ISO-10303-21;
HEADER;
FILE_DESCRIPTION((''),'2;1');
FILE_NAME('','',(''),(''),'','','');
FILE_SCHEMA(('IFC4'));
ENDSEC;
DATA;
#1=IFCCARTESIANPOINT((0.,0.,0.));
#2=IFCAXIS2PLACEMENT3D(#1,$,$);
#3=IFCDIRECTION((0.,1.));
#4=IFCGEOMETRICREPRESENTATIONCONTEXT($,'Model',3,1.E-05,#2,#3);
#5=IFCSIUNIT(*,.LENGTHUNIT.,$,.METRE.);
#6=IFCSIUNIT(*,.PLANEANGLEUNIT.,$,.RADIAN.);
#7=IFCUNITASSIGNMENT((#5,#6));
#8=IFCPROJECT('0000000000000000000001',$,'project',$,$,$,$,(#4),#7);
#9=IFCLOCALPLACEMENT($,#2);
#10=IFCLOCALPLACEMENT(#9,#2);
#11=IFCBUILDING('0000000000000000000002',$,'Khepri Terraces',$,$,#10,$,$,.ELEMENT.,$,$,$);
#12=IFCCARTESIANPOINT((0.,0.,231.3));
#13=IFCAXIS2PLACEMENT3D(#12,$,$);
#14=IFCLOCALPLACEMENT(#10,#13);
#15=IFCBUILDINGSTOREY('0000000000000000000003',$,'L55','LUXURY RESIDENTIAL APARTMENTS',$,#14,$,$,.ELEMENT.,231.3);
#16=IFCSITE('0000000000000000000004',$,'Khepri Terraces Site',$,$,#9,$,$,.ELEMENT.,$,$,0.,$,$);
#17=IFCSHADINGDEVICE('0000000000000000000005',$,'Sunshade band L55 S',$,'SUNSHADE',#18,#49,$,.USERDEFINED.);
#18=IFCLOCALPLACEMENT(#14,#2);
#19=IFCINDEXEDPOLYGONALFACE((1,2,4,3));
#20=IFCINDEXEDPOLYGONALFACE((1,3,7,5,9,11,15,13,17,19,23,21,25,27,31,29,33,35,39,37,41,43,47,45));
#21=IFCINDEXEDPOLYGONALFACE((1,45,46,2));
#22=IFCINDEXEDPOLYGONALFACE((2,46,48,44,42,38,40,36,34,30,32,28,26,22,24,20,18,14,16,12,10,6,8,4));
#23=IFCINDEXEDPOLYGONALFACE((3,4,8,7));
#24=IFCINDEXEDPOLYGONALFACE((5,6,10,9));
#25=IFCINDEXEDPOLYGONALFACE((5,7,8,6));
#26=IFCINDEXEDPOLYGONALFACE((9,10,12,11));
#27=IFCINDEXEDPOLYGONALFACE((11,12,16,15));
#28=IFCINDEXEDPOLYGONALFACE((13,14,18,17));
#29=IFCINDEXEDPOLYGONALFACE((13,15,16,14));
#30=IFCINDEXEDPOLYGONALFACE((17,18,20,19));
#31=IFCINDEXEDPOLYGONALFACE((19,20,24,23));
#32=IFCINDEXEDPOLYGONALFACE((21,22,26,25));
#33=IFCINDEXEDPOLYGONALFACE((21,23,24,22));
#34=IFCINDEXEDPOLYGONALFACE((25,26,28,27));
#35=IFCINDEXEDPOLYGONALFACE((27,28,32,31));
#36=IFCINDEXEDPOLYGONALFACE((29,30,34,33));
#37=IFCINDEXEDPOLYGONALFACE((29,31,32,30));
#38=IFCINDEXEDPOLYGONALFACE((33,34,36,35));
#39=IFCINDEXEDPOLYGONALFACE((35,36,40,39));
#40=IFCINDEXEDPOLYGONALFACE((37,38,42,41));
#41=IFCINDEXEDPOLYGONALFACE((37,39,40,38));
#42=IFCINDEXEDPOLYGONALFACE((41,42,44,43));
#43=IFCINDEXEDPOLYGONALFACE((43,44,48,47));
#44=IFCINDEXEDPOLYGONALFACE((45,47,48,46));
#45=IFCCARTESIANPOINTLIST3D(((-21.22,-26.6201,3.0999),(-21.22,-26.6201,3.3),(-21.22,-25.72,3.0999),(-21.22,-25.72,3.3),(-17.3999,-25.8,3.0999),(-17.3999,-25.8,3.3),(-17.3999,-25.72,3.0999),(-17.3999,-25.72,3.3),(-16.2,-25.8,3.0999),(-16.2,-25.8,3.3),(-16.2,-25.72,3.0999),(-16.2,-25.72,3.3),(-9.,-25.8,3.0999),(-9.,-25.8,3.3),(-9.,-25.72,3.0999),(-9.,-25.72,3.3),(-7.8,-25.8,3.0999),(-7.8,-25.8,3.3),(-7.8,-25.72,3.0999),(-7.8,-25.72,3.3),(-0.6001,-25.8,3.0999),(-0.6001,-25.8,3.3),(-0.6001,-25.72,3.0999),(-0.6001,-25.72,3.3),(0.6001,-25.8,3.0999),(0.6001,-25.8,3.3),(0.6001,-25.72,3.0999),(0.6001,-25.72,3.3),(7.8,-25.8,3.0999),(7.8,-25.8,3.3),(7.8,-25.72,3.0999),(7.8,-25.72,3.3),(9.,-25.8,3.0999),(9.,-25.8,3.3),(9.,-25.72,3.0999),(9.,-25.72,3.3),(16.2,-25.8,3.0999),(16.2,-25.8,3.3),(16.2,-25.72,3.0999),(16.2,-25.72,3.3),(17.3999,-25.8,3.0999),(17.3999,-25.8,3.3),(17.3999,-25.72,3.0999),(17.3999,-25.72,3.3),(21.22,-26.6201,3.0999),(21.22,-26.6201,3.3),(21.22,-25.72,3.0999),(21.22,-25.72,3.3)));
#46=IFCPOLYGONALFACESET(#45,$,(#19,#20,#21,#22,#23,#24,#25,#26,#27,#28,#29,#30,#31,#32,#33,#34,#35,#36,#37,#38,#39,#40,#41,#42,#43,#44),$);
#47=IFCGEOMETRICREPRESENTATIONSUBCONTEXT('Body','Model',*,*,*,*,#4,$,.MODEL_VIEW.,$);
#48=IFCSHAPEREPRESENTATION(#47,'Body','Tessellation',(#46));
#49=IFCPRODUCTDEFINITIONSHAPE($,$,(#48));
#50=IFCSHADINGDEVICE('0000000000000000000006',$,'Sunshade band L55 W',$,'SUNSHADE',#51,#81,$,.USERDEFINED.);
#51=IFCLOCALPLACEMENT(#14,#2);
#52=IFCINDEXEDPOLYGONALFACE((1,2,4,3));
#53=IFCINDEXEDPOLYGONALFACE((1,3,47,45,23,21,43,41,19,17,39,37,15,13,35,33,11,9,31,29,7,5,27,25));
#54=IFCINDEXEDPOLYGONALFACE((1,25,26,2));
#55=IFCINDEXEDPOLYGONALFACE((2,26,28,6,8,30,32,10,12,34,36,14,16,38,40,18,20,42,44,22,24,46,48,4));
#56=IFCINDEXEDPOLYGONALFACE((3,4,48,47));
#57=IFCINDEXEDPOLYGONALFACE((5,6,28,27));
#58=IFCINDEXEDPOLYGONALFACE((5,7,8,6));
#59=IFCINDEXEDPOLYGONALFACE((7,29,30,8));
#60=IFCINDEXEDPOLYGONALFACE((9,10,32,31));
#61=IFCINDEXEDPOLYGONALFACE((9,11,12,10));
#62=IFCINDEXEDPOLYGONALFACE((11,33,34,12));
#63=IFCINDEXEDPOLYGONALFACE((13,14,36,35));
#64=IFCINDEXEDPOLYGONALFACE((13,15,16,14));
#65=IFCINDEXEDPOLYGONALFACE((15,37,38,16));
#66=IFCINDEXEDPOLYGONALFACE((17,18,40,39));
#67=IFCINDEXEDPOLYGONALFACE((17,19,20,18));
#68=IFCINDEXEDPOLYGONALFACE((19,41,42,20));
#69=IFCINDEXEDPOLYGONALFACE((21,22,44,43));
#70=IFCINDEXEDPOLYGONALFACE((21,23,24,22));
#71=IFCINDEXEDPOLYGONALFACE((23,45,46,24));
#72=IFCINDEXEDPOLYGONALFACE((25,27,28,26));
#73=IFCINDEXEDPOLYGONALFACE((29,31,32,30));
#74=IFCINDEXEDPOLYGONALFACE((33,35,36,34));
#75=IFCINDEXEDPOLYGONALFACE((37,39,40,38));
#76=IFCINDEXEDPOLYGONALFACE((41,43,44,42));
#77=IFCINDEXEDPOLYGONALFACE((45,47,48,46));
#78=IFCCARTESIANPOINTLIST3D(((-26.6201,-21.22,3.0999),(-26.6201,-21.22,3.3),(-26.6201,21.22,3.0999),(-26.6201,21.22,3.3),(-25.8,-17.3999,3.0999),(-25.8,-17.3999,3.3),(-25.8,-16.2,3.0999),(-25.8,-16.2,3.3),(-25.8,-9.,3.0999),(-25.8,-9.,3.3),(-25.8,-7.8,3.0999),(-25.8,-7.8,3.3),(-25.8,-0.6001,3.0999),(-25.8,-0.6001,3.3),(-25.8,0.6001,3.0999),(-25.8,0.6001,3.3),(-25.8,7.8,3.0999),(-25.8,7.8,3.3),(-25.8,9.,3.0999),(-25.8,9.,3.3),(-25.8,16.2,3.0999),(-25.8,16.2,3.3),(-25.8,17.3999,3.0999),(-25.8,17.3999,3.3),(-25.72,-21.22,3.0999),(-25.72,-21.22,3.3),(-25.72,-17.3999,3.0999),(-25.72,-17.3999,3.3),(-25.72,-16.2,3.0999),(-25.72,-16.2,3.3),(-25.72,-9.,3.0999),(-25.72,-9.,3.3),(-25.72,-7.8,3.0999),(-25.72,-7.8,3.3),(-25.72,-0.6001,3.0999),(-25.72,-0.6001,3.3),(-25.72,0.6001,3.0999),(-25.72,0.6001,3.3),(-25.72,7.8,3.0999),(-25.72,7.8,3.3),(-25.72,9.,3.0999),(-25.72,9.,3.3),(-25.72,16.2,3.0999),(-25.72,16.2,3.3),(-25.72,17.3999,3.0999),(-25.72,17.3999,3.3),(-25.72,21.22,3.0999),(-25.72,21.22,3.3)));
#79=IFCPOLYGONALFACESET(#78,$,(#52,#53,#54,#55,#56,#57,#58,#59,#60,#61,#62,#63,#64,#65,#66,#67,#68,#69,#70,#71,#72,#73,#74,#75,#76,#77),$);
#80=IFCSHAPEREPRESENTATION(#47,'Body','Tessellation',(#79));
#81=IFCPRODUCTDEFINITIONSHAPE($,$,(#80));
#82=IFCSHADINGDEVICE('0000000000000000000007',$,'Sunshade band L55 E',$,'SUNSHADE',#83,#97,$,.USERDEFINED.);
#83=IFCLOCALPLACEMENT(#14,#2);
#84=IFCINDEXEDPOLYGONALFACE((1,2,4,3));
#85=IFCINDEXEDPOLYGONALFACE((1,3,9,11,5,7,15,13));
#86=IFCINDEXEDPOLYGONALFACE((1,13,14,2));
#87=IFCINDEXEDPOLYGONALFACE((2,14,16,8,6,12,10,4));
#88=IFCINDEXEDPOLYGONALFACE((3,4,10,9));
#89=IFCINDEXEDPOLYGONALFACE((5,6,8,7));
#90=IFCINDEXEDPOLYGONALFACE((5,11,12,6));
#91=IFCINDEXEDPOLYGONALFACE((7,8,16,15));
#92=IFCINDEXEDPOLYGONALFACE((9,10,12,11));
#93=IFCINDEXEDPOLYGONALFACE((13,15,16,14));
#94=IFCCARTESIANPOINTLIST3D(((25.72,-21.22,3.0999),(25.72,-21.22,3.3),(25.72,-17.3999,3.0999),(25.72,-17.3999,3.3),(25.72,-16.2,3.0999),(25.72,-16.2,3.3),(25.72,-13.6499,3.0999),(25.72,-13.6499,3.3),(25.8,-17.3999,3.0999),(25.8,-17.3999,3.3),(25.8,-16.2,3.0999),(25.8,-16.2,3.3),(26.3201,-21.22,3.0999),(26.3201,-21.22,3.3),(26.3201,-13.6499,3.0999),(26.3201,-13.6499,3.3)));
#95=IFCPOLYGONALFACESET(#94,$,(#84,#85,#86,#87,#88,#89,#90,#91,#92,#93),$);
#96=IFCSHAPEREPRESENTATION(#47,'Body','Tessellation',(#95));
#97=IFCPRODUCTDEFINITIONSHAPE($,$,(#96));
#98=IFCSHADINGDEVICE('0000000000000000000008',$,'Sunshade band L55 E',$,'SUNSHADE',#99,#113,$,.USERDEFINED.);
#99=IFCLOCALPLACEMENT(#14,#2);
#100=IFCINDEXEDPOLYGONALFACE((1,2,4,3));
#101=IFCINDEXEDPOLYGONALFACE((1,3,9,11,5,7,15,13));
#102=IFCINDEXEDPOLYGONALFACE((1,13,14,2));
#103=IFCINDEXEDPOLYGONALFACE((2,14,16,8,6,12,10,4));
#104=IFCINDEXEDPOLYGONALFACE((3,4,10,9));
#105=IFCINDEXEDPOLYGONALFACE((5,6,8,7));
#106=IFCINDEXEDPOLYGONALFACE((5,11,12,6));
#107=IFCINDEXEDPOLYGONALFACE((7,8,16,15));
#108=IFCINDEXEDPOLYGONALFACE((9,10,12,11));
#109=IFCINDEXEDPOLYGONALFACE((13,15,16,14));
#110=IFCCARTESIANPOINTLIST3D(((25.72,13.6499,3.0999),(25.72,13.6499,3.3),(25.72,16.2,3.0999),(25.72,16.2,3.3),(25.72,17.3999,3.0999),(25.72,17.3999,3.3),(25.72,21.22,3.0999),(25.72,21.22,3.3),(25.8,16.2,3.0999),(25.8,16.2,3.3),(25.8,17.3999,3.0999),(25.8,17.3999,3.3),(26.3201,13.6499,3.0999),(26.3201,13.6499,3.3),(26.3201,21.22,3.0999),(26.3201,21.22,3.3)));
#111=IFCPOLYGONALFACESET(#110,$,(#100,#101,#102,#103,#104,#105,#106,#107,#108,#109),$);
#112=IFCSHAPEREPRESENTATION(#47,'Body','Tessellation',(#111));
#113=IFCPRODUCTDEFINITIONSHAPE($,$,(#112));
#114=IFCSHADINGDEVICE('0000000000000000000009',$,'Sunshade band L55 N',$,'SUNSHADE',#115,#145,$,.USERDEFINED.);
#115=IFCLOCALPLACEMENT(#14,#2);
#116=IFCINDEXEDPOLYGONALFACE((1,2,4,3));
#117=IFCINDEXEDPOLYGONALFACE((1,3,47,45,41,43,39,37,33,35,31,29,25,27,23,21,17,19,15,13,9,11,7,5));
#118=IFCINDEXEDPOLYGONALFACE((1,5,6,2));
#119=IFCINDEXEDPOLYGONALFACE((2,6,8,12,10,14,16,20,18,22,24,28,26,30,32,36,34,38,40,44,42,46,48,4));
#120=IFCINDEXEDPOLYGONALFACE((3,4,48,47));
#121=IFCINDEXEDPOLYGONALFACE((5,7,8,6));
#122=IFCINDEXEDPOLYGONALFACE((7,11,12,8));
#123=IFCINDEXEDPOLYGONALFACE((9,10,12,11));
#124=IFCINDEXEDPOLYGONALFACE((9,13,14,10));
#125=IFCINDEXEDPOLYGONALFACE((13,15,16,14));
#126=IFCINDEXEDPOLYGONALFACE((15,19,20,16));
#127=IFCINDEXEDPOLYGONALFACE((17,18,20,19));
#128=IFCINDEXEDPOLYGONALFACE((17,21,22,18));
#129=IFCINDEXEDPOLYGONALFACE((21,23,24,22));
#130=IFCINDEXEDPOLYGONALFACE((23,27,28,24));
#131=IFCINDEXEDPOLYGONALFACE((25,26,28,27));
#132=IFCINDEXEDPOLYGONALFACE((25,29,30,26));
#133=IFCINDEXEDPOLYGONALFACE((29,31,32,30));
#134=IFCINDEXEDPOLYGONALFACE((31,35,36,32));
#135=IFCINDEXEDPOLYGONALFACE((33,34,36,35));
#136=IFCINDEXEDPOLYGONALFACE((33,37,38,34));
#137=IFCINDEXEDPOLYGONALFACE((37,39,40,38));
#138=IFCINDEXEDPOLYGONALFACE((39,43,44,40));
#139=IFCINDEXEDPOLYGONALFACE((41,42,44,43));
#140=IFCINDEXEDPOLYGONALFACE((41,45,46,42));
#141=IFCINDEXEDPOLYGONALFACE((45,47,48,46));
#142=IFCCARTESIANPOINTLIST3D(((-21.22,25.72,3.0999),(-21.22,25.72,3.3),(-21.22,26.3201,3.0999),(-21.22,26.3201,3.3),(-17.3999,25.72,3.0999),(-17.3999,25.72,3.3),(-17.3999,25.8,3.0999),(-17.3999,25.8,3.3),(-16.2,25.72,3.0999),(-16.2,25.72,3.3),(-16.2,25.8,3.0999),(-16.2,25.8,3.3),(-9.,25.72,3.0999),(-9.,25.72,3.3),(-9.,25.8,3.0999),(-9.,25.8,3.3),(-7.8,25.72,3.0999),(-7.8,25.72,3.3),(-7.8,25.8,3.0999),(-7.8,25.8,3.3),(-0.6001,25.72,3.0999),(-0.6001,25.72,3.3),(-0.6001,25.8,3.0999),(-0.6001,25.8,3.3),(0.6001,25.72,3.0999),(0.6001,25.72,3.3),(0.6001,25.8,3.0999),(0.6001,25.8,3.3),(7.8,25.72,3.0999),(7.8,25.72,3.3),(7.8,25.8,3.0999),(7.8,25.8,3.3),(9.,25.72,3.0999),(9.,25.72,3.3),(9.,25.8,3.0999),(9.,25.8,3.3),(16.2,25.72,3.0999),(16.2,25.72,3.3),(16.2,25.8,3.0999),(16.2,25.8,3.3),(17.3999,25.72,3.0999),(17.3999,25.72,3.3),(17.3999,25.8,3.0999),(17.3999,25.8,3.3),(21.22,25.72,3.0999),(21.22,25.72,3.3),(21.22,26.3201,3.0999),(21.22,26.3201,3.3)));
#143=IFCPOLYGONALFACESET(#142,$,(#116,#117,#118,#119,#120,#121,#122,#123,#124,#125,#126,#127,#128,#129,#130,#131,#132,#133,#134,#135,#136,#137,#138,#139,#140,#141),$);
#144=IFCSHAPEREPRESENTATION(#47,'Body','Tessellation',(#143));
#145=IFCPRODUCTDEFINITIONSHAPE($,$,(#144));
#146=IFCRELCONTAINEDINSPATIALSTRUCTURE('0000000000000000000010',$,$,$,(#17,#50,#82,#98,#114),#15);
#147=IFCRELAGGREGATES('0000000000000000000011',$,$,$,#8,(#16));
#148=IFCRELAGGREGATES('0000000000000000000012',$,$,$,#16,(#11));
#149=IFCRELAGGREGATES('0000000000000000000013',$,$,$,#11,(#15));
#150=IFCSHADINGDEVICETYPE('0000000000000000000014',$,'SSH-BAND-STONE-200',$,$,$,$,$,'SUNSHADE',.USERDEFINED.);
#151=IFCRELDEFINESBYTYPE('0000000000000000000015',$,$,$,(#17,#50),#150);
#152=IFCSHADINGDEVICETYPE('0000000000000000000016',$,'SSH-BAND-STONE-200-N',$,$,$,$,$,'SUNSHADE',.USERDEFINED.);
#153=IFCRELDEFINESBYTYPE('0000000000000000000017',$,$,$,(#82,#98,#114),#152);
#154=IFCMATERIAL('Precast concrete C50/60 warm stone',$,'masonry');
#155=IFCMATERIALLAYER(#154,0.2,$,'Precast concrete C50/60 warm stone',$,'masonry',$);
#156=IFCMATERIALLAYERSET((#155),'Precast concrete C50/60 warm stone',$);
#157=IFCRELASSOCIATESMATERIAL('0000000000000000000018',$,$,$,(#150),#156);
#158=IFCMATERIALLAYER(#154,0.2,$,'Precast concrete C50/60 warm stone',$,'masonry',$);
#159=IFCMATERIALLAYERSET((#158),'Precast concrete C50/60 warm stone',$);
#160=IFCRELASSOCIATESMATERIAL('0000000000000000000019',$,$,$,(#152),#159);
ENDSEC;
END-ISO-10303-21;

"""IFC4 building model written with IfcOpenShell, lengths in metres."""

from ifc_helpers import new_model, si_unit, direction, frame, origin, place, context, subcontext, project, spatial, polyline, outline, extrude, material, layer, layer_set, type_object, element, save


model = new_model("IFC4")

# Units and contexts
model_context = context("Model", 3, precision=1e-05, world=origin(), true_north=direction((0.0, 1.0)))
body_context = subcontext(model_context, "Body", "Model", "MODEL_VIEW")
ifc_project = project(units=[si_unit("LENGTHUNIT", "METRE"), si_unit("PLANEANGLEUNIT", "RADIAN")], contexts=[model_context])

# Site, building, storey
site_placement = place(None, origin())
site = spatial("IfcSite", under=ifc_project, at=site_placement, Name="Khepri Terraces Site", CompositionType="ELEMENT", RefElevation=0.0)
building_placement = place(site_placement, origin())
building = spatial("IfcBuilding", under=site, at=building_placement, Name="Khepri Terraces", CompositionType="ELEMENT")
storey_placement = place(building_placement, frame((0.0, 0.0, 231.3)))
storey = spatial("IfcBuildingStorey", under=building, at=storey_placement, Name="L55", Description="LUXURY RESIDENTIAL APARTMENTS", CompositionType="ELEMENT", Elevation=231.3)

# Shared definitions
ifc_material_1 = material(Name="Precast concrete C50/60 warm stone", Category="masonry")

# Shading devices
ifc_layer_1 = layer(ifc_material_1, 0.2, Name="Precast concrete C50/60 warm stone", Category="masonry")
ifc_layer_set_1 = layer_set([ifc_layer_1], Name="Precast concrete C50/60 warm stone")
shading_device_type_1 = type_object("IfcShadingDeviceType", Name="SSH-BAND-STONE-200", ElementType="SUNSHADE", PredefinedType="USERDEFINED", material=ifc_layer_set_1)
shading_device_1_placement = place(storey_placement, frame((0.0, 0.0, 3.0999)))
element("IfcShadingDevice", 1, at=shading_device_1_placement, inside=storey, type_object=shading_device_type_1, Name="Sunshade band L55 S", ObjectType="SUNSHADE", PredefinedType="USERDEFINED", context=body_context, shape_type="SweptSolid", body=[
    extrude(outline(polyline([(-17.3999, -25.72), (-21.22, -25.72), (-21.22, -26.6201), (21.22, -26.6201), (21.22, -25.72), (17.3999, -25.72), (17.3999, -25.8), (16.2, -25.8), (16.2, -25.72), (9.0, -25.72), (9.0, -25.8), (7.8, -25.8), (7.8, -25.72), (0.6001, -25.72), (0.6001, -25.8), (-0.6001, -25.8), (-0.6001, -25.72), (-7.8, -25.72), (-7.8, -25.8), (-9.0, -25.8), (-9.0, -25.72), (-16.2, -25.72), (-16.2, -25.8), (-17.3999, -25.8), (-17.3999, -25.72)])), origin(), (0.0, 0.0, 1.0), 0.2002),
])
shading_device_2_placement = place(storey_placement, frame((0.0, 0.0, 3.0999)))
element("IfcShadingDevice", 2, at=shading_device_2_placement, inside=storey, type_object=shading_device_type_1, Name="Sunshade band L55 W", ObjectType="SUNSHADE", PredefinedType="USERDEFINED", context=body_context, shape_type="SweptSolid", body=[
    extrude(outline(polyline([(-25.72, 17.3999), (-25.72, 21.22), (-26.6201, 21.22), (-26.6201, -21.22), (-25.72, -21.22), (-25.72, -17.3999), (-25.8, -17.3999), (-25.8, -16.2), (-25.72, -16.2), (-25.72, -9.0), (-25.8, -9.0), (-25.8, -7.8), (-25.72, -7.8), (-25.72, -0.6001), (-25.8, -0.6001), (-25.8, 0.6001), (-25.72, 0.6001), (-25.72, 7.8), (-25.8, 7.8), (-25.8, 9.0), (-25.72, 9.0), (-25.72, 16.2), (-25.8, 16.2), (-25.8, 17.3999), (-25.72, 17.3999)])), origin(), (0.0, 0.0, 1.0), 0.2002),
])
ifc_layer_2 = layer(ifc_material_1, 0.2, Name="Precast concrete C50/60 warm stone", Category="masonry")
ifc_layer_set_2 = layer_set([ifc_layer_2], Name="Precast concrete C50/60 warm stone")
shading_device_type_2 = type_object("IfcShadingDeviceType", Name="SSH-BAND-STONE-200-N", ElementType="SUNSHADE", PredefinedType="USERDEFINED", material=ifc_layer_set_2)
shading_device_3_placement = place(storey_placement, frame((0.0, 0.0, 3.0999)))
element("IfcShadingDevice", 3, at=shading_device_3_placement, inside=storey, type_object=shading_device_type_2, Name="Sunshade band L55 E", ObjectType="SUNSHADE", PredefinedType="USERDEFINED", context=body_context, shape_type="SweptSolid", body=[
    extrude(outline(polyline([(25.72, -17.3999), (25.72, -21.22), (26.3201, -21.22), (26.3201, -13.6499), (25.72, -13.6499), (25.72, -16.2), (25.8, -16.2), (25.8, -17.3999), (25.72, -17.3999)])), origin(), (0.0, 0.0, 1.0), 0.2002),
])
shading_device_4_placement = place(storey_placement, frame((0.0, 0.0, 3.0999)))
element("IfcShadingDevice", 4, at=shading_device_4_placement, inside=storey, type_object=shading_device_type_2, Name="Sunshade band L55 E", ObjectType="SUNSHADE", PredefinedType="USERDEFINED", context=body_context, shape_type="SweptSolid", body=[
    extrude(outline(polyline([(25.72, 16.2), (25.72, 13.6499), (26.3201, 13.6499), (26.3201, 21.22), (25.72, 21.22), (25.72, 17.3999), (25.8, 17.3999), (25.8, 16.2), (25.72, 16.2)])), origin(), (0.0, 0.0, 1.0), 0.2002),
])
shading_device_5_placement = place(storey_placement, frame((0.0, 0.0, 3.0999)))
element("IfcShadingDevice", 5, at=shading_device_5_placement, inside=storey, type_object=shading_device_type_2, Name="Sunshade band L55 N", ObjectType="SUNSHADE", PredefinedType="USERDEFINED", context=body_context, shape_type="SweptSolid", body=[
    extrude(outline(polyline([(17.3999, 25.72), (21.22, 25.72), (21.22, 26.3201), (-21.22, 26.3201), (-21.22, 25.72), (-17.3999, 25.72), (-17.3999, 25.8), (-16.2, 25.8), (-16.2, 25.72), (-9.0, 25.72), (-9.0, 25.8), (-7.8, 25.8), (-7.8, 25.72), (-0.6001, 25.72), (-0.6001, 25.8), (0.6001, 25.8), (0.6001, 25.72), (7.8, 25.72), (7.8, 25.8), (9.0, 25.8), (9.0, 25.72), (16.2, 25.72), (16.2, 25.8), (17.3999, 25.8), (17.3999, 25.72)])), origin(), (0.0, 0.0, 1.0), 0.2002),
])

save(model, "model.ifc")
